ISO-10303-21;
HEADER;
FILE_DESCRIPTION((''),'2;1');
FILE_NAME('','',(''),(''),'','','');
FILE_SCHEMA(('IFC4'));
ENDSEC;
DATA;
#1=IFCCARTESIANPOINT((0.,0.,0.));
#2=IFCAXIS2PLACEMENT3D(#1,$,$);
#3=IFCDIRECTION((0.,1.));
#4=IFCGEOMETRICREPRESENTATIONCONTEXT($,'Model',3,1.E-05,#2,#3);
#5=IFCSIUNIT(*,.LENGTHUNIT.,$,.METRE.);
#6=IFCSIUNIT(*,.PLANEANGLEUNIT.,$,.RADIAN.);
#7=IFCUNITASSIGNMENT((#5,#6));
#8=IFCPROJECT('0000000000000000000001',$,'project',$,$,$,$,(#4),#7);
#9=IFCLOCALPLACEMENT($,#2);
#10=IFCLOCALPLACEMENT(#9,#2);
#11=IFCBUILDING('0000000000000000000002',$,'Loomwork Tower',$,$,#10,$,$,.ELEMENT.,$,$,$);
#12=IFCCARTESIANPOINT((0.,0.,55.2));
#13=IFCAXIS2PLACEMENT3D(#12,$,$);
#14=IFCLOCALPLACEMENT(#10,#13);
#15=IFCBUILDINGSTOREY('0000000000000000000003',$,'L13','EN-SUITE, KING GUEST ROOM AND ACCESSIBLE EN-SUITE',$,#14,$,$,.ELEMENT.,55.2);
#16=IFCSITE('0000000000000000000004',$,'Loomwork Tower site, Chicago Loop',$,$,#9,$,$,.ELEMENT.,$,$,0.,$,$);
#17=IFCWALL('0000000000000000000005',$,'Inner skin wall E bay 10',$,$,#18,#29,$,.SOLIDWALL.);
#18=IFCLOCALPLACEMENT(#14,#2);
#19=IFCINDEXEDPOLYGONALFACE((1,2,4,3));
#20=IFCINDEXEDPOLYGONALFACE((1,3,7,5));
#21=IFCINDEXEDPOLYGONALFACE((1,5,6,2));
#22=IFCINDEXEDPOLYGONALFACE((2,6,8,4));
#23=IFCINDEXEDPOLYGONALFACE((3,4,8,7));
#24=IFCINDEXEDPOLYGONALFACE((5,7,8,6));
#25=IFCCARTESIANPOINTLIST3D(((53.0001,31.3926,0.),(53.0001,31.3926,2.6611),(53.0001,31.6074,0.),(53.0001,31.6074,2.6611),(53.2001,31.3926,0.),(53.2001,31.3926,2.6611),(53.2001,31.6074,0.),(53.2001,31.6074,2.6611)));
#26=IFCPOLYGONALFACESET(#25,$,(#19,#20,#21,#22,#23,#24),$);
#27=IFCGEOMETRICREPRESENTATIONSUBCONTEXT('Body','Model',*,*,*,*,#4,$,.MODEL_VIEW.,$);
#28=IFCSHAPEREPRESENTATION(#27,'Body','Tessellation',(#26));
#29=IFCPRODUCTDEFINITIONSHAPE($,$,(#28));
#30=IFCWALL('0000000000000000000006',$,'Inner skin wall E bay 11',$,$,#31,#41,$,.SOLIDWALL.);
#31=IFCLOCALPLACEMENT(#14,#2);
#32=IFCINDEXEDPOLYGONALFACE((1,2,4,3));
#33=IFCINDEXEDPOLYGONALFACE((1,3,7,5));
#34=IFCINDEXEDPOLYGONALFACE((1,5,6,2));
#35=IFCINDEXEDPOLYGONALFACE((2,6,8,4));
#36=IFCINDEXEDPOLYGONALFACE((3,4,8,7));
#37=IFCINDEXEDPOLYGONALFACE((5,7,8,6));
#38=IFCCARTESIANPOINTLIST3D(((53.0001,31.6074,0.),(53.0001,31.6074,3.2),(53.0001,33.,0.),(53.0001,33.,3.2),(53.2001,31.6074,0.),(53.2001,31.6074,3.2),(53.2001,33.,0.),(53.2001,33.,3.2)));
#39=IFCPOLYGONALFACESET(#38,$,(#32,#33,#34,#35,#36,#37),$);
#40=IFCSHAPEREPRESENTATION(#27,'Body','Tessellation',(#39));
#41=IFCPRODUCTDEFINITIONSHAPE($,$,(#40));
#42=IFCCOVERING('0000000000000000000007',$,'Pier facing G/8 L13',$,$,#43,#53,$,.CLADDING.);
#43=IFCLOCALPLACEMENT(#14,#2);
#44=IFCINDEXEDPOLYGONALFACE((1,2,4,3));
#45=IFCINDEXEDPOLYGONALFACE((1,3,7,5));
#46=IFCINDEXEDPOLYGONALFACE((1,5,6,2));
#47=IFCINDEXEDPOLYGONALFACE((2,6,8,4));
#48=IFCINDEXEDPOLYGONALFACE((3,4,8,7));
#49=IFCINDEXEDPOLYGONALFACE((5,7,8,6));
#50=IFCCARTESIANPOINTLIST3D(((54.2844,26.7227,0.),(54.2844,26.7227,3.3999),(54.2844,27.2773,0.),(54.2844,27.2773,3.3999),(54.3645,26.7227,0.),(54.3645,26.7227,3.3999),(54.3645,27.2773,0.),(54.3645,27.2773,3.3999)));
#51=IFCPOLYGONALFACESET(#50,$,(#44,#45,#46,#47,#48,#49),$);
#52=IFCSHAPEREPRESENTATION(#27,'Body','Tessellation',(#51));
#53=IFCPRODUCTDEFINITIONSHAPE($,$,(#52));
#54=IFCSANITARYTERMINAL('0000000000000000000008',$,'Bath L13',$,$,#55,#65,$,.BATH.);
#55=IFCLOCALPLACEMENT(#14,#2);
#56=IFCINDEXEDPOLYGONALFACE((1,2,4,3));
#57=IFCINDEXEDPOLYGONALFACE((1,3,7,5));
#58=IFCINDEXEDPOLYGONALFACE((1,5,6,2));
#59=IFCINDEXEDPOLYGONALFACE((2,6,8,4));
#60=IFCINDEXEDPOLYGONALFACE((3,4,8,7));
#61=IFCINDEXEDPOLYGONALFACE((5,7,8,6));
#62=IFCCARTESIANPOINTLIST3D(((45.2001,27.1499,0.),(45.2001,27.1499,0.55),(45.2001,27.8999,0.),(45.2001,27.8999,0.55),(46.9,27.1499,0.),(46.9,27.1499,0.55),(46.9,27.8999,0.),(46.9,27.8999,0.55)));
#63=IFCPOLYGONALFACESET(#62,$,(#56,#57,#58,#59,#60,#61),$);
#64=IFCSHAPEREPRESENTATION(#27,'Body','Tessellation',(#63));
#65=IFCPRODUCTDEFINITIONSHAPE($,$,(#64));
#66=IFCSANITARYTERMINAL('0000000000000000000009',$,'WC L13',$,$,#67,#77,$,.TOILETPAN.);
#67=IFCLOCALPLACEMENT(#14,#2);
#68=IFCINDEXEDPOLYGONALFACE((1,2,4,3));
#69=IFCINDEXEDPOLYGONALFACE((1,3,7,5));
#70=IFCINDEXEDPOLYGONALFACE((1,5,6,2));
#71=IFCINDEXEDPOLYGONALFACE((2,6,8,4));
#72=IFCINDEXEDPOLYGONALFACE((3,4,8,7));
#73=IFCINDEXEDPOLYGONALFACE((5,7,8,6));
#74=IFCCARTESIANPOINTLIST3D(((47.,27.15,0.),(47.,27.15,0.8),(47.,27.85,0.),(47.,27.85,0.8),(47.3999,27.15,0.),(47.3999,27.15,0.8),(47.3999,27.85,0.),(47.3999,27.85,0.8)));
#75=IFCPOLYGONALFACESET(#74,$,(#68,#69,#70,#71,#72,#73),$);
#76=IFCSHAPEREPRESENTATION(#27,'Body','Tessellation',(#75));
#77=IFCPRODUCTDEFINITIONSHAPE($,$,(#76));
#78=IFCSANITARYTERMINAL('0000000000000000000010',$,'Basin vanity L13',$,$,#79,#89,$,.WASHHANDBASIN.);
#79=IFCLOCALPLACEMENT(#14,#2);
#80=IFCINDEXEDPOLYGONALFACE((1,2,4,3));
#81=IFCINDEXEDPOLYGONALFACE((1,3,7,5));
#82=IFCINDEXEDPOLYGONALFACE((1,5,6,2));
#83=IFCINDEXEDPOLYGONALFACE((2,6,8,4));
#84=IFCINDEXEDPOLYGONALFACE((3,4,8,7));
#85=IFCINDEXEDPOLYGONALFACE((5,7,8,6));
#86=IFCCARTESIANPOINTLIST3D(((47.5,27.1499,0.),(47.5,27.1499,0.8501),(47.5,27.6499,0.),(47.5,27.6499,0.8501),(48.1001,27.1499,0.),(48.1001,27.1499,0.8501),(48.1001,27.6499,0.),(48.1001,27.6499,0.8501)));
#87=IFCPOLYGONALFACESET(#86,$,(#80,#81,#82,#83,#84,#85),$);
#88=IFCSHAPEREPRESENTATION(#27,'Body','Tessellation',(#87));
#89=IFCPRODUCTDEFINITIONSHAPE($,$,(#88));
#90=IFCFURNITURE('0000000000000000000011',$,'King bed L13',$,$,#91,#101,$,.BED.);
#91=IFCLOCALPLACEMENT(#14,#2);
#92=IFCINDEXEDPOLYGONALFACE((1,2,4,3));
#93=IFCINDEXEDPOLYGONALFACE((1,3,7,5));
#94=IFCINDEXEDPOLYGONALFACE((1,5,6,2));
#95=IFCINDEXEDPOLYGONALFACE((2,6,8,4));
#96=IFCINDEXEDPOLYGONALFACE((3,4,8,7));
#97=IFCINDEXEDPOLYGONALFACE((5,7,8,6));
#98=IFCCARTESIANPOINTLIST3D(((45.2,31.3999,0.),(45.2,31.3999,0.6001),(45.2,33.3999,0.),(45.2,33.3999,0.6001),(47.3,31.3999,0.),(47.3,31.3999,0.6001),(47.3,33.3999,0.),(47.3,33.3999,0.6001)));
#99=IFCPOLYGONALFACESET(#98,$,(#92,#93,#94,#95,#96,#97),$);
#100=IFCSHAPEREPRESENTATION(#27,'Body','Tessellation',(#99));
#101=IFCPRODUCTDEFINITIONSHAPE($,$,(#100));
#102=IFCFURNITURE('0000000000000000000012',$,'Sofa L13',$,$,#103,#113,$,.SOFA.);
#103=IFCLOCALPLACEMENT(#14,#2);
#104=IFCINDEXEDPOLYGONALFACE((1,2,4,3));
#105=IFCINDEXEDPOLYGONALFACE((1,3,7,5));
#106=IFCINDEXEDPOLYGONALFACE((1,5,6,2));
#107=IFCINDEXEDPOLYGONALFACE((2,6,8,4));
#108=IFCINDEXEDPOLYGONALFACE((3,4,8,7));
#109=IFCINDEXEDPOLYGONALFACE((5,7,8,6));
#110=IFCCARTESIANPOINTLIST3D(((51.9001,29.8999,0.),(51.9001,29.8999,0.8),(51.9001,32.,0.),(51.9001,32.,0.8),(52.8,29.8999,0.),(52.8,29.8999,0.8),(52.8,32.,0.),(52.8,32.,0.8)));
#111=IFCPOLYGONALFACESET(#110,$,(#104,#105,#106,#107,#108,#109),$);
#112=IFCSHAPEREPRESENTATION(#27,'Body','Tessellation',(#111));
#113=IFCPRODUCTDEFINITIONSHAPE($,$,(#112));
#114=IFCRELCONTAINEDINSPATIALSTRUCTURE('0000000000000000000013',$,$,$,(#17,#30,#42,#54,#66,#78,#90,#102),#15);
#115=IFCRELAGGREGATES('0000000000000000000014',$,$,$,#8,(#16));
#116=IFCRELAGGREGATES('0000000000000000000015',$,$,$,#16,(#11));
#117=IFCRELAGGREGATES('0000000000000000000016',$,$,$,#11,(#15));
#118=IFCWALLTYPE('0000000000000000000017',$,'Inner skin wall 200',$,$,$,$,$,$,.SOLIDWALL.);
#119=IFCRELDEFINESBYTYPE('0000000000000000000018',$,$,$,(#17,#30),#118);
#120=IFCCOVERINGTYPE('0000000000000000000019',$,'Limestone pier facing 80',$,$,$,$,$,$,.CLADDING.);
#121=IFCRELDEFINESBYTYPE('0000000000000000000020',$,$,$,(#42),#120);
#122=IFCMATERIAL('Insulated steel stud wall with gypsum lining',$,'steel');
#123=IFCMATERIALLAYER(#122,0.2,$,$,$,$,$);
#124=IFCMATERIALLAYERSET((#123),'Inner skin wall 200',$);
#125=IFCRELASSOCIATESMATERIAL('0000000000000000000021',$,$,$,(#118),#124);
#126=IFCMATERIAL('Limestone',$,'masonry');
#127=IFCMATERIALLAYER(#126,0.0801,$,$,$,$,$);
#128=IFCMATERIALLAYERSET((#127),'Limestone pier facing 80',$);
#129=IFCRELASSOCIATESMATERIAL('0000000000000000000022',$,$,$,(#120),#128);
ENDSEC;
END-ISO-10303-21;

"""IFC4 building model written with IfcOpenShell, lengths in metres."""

from ifc_helpers import new_model, si_unit, direction, frame, frame_2d, origin, origin_2d, place, context, subcontext, project, spatial, rectangle, extrude, material, layer, layer_set, type_object, element, save


model = new_model("IFC4")

# Units and contexts
model_context = context("Model", 3, precision=1e-05, world=origin(), true_north=direction((0.0, 1.0)))
body_context = subcontext(model_context, "Body", "Model", "MODEL_VIEW")
ifc_project = project(units=[si_unit("LENGTHUNIT", "METRE"), si_unit("PLANEANGLEUNIT", "RADIAN")], contexts=[model_context])

# Site, building, storey
site_placement = place(None, origin())
site = spatial("IfcSite", under=ifc_project, at=site_placement, Name="Loomwork Tower site, Chicago Loop", CompositionType="ELEMENT", RefElevation=0.0)
building_placement = place(site_placement, origin())
building = spatial("IfcBuilding", under=site, at=building_placement, Name="Loomwork Tower", CompositionType="ELEMENT")
storey_placement = place(building_placement, frame((0.0, 0.0, 55.2)))
storey = spatial("IfcBuildingStorey", under=building, at=storey_placement, Name="L13", Description="EN-SUITE, KING GUEST ROOM AND ACCESSIBLE EN-SUITE", CompositionType="ELEMENT", Elevation=55.2)

# Walls
ifc_material_1 = material(Name="Insulated steel stud wall with gypsum lining", Category="steel")
ifc_layer_1 = layer(ifc_material_1, 0.2)
ifc_layer_set_1 = layer_set([ifc_layer_1], Name="Inner skin wall 200")
wall_type_1 = type_object("IfcWallType", Name="Inner skin wall 200", PredefinedType="SOLIDWALL", material=ifc_layer_set_1)
wall_1_placement = place(storey_placement, frame((53.1001, 31.3926, 0.0), z_axis=(0.0, 0.0, 1.0), x_axis=(0.0, 1.0, 0.0)))
element("IfcWall", 1, at=wall_1_placement, inside=storey, type_object=wall_type_1, Name="Inner skin wall E bay 10", PredefinedType="SOLIDWALL", context=body_context, shape_type="SweptSolid", body=[
    extrude(rectangle(XDim=0.2148, YDim=0.2, at=frame_2d((0.1074, 0.0))), origin(), (0.0, 0.0, 1.0), 2.6611),
])
wall_2_placement = place(storey_placement, frame((53.1001, 31.6074, 0.0), z_axis=(0.0, 0.0, 1.0), x_axis=(0.0, 1.0, 0.0)))
element("IfcWall", 2, at=wall_2_placement, inside=storey, type_object=wall_type_1, Name="Inner skin wall E bay 11", PredefinedType="SOLIDWALL", context=body_context, shape_type="SweptSolid", body=[
    extrude(rectangle(XDim=1.3926, YDim=0.2, at=frame_2d((0.6963, 0.0))), origin(), (0.0, 0.0, 1.0), 3.2),
])

# Covering
ifc_material_2 = material(Name="Limestone", Category="masonry")
ifc_layer_2 = layer(ifc_material_2, 0.0801)
ifc_layer_set_2 = layer_set([ifc_layer_2], Name="Limestone pier facing 80")
covering_type = type_object("IfcCoveringType", Name="Limestone pier facing 80", PredefinedType="CLADDING", material=ifc_layer_set_2)
covering_placement = place(storey_placement, frame((54.3245, 27.0, 0.0), z_axis=(0.0, 0.0, 1.0), x_axis=(1.0, 0.0, 0.0)))
element("IfcCovering", 3, at=covering_placement, inside=storey, type_object=covering_type, Name="Pier facing G/8 L13", PredefinedType="CLADDING", context=body_context, shape_type="SweptSolid", body=[
    extrude(rectangle(XDim=0.0801, YDim=0.5547, at=origin_2d()), origin(), (0.0, 0.0, 1.0), 3.3999),
])

# Sanitary terminals
sanitary_terminal_1_placement = place(storey_placement, frame((46.05, 27.5249, 0.0), z_axis=(0.0, 0.0, 1.0), x_axis=(1.0, 0.0, 0.0)))
element("IfcSanitaryTerminal", 4, at=sanitary_terminal_1_placement, inside=storey, Name="Bath L13", PredefinedType="BATH", context=body_context, shape_type="SweptSolid", body=[
    extrude(rectangle(XDim=1.7, YDim=0.75, at=origin_2d()), origin(), (0.0, 0.0, 1.0), 0.55),
])
sanitary_terminal_2_placement = place(storey_placement, frame((47.2, 27.5, 0.0), z_axis=(0.0, 0.0, 1.0), x_axis=(1.0, 0.0, 0.0)))
element("IfcSanitaryTerminal", 5, at=sanitary_terminal_2_placement, inside=storey, Name="WC L13", PredefinedType="TOILETPAN", context=body_context, shape_type="SweptSolid", body=[
    extrude(rectangle(XDim=0.3999, YDim=0.7, at=origin_2d()), origin(), (0.0, 0.0, 1.0), 0.8),
])
sanitary_terminal_3_placement = place(storey_placement, frame((47.8, 27.3999, 0.0), z_axis=(0.0, 0.0, 1.0), x_axis=(1.0, 0.0, 0.0)))
element("IfcSanitaryTerminal", 6, at=sanitary_terminal_3_placement, inside=storey, Name="Basin vanity L13", PredefinedType="WASHHANDBASIN", context=body_context, shape_type="SweptSolid", body=[
    extrude(rectangle(XDim=0.6001, YDim=0.5, at=origin_2d()), origin(), (0.0, 0.0, 1.0), 0.8501),
])

# Furniture
furniture_1_placement = place(storey_placement, frame((46.25, 32.3999, 0.0), z_axis=(0.0, 0.0, 1.0), x_axis=(1.0, 0.0, 0.0)))
element("IfcFurniture", 7, at=furniture_1_placement, inside=storey, Name="King bed L13", PredefinedType="BED", context=body_context, shape_type="SweptSolid", body=[
    extrude(rectangle(XDim=2.1001, YDim=2.0, at=origin_2d()), origin(), (0.0, 0.0, 1.0), 0.6001),
])
furniture_2_placement = place(storey_placement, frame((52.3501, 30.95, 0.0), z_axis=(0.0, 0.0, 1.0), x_axis=(1.0, 0.0, 0.0)))
element("IfcFurniture", 8, at=furniture_2_placement, inside=storey, Name="Sofa L13", PredefinedType="SOFA", context=body_context, shape_type="SweptSolid", body=[
    extrude(rectangle(XDim=0.8999, YDim=2.1001, at=origin_2d()), origin(), (0.0, 0.0, 1.0), 0.8),
])

save(model, "model.ifc")
